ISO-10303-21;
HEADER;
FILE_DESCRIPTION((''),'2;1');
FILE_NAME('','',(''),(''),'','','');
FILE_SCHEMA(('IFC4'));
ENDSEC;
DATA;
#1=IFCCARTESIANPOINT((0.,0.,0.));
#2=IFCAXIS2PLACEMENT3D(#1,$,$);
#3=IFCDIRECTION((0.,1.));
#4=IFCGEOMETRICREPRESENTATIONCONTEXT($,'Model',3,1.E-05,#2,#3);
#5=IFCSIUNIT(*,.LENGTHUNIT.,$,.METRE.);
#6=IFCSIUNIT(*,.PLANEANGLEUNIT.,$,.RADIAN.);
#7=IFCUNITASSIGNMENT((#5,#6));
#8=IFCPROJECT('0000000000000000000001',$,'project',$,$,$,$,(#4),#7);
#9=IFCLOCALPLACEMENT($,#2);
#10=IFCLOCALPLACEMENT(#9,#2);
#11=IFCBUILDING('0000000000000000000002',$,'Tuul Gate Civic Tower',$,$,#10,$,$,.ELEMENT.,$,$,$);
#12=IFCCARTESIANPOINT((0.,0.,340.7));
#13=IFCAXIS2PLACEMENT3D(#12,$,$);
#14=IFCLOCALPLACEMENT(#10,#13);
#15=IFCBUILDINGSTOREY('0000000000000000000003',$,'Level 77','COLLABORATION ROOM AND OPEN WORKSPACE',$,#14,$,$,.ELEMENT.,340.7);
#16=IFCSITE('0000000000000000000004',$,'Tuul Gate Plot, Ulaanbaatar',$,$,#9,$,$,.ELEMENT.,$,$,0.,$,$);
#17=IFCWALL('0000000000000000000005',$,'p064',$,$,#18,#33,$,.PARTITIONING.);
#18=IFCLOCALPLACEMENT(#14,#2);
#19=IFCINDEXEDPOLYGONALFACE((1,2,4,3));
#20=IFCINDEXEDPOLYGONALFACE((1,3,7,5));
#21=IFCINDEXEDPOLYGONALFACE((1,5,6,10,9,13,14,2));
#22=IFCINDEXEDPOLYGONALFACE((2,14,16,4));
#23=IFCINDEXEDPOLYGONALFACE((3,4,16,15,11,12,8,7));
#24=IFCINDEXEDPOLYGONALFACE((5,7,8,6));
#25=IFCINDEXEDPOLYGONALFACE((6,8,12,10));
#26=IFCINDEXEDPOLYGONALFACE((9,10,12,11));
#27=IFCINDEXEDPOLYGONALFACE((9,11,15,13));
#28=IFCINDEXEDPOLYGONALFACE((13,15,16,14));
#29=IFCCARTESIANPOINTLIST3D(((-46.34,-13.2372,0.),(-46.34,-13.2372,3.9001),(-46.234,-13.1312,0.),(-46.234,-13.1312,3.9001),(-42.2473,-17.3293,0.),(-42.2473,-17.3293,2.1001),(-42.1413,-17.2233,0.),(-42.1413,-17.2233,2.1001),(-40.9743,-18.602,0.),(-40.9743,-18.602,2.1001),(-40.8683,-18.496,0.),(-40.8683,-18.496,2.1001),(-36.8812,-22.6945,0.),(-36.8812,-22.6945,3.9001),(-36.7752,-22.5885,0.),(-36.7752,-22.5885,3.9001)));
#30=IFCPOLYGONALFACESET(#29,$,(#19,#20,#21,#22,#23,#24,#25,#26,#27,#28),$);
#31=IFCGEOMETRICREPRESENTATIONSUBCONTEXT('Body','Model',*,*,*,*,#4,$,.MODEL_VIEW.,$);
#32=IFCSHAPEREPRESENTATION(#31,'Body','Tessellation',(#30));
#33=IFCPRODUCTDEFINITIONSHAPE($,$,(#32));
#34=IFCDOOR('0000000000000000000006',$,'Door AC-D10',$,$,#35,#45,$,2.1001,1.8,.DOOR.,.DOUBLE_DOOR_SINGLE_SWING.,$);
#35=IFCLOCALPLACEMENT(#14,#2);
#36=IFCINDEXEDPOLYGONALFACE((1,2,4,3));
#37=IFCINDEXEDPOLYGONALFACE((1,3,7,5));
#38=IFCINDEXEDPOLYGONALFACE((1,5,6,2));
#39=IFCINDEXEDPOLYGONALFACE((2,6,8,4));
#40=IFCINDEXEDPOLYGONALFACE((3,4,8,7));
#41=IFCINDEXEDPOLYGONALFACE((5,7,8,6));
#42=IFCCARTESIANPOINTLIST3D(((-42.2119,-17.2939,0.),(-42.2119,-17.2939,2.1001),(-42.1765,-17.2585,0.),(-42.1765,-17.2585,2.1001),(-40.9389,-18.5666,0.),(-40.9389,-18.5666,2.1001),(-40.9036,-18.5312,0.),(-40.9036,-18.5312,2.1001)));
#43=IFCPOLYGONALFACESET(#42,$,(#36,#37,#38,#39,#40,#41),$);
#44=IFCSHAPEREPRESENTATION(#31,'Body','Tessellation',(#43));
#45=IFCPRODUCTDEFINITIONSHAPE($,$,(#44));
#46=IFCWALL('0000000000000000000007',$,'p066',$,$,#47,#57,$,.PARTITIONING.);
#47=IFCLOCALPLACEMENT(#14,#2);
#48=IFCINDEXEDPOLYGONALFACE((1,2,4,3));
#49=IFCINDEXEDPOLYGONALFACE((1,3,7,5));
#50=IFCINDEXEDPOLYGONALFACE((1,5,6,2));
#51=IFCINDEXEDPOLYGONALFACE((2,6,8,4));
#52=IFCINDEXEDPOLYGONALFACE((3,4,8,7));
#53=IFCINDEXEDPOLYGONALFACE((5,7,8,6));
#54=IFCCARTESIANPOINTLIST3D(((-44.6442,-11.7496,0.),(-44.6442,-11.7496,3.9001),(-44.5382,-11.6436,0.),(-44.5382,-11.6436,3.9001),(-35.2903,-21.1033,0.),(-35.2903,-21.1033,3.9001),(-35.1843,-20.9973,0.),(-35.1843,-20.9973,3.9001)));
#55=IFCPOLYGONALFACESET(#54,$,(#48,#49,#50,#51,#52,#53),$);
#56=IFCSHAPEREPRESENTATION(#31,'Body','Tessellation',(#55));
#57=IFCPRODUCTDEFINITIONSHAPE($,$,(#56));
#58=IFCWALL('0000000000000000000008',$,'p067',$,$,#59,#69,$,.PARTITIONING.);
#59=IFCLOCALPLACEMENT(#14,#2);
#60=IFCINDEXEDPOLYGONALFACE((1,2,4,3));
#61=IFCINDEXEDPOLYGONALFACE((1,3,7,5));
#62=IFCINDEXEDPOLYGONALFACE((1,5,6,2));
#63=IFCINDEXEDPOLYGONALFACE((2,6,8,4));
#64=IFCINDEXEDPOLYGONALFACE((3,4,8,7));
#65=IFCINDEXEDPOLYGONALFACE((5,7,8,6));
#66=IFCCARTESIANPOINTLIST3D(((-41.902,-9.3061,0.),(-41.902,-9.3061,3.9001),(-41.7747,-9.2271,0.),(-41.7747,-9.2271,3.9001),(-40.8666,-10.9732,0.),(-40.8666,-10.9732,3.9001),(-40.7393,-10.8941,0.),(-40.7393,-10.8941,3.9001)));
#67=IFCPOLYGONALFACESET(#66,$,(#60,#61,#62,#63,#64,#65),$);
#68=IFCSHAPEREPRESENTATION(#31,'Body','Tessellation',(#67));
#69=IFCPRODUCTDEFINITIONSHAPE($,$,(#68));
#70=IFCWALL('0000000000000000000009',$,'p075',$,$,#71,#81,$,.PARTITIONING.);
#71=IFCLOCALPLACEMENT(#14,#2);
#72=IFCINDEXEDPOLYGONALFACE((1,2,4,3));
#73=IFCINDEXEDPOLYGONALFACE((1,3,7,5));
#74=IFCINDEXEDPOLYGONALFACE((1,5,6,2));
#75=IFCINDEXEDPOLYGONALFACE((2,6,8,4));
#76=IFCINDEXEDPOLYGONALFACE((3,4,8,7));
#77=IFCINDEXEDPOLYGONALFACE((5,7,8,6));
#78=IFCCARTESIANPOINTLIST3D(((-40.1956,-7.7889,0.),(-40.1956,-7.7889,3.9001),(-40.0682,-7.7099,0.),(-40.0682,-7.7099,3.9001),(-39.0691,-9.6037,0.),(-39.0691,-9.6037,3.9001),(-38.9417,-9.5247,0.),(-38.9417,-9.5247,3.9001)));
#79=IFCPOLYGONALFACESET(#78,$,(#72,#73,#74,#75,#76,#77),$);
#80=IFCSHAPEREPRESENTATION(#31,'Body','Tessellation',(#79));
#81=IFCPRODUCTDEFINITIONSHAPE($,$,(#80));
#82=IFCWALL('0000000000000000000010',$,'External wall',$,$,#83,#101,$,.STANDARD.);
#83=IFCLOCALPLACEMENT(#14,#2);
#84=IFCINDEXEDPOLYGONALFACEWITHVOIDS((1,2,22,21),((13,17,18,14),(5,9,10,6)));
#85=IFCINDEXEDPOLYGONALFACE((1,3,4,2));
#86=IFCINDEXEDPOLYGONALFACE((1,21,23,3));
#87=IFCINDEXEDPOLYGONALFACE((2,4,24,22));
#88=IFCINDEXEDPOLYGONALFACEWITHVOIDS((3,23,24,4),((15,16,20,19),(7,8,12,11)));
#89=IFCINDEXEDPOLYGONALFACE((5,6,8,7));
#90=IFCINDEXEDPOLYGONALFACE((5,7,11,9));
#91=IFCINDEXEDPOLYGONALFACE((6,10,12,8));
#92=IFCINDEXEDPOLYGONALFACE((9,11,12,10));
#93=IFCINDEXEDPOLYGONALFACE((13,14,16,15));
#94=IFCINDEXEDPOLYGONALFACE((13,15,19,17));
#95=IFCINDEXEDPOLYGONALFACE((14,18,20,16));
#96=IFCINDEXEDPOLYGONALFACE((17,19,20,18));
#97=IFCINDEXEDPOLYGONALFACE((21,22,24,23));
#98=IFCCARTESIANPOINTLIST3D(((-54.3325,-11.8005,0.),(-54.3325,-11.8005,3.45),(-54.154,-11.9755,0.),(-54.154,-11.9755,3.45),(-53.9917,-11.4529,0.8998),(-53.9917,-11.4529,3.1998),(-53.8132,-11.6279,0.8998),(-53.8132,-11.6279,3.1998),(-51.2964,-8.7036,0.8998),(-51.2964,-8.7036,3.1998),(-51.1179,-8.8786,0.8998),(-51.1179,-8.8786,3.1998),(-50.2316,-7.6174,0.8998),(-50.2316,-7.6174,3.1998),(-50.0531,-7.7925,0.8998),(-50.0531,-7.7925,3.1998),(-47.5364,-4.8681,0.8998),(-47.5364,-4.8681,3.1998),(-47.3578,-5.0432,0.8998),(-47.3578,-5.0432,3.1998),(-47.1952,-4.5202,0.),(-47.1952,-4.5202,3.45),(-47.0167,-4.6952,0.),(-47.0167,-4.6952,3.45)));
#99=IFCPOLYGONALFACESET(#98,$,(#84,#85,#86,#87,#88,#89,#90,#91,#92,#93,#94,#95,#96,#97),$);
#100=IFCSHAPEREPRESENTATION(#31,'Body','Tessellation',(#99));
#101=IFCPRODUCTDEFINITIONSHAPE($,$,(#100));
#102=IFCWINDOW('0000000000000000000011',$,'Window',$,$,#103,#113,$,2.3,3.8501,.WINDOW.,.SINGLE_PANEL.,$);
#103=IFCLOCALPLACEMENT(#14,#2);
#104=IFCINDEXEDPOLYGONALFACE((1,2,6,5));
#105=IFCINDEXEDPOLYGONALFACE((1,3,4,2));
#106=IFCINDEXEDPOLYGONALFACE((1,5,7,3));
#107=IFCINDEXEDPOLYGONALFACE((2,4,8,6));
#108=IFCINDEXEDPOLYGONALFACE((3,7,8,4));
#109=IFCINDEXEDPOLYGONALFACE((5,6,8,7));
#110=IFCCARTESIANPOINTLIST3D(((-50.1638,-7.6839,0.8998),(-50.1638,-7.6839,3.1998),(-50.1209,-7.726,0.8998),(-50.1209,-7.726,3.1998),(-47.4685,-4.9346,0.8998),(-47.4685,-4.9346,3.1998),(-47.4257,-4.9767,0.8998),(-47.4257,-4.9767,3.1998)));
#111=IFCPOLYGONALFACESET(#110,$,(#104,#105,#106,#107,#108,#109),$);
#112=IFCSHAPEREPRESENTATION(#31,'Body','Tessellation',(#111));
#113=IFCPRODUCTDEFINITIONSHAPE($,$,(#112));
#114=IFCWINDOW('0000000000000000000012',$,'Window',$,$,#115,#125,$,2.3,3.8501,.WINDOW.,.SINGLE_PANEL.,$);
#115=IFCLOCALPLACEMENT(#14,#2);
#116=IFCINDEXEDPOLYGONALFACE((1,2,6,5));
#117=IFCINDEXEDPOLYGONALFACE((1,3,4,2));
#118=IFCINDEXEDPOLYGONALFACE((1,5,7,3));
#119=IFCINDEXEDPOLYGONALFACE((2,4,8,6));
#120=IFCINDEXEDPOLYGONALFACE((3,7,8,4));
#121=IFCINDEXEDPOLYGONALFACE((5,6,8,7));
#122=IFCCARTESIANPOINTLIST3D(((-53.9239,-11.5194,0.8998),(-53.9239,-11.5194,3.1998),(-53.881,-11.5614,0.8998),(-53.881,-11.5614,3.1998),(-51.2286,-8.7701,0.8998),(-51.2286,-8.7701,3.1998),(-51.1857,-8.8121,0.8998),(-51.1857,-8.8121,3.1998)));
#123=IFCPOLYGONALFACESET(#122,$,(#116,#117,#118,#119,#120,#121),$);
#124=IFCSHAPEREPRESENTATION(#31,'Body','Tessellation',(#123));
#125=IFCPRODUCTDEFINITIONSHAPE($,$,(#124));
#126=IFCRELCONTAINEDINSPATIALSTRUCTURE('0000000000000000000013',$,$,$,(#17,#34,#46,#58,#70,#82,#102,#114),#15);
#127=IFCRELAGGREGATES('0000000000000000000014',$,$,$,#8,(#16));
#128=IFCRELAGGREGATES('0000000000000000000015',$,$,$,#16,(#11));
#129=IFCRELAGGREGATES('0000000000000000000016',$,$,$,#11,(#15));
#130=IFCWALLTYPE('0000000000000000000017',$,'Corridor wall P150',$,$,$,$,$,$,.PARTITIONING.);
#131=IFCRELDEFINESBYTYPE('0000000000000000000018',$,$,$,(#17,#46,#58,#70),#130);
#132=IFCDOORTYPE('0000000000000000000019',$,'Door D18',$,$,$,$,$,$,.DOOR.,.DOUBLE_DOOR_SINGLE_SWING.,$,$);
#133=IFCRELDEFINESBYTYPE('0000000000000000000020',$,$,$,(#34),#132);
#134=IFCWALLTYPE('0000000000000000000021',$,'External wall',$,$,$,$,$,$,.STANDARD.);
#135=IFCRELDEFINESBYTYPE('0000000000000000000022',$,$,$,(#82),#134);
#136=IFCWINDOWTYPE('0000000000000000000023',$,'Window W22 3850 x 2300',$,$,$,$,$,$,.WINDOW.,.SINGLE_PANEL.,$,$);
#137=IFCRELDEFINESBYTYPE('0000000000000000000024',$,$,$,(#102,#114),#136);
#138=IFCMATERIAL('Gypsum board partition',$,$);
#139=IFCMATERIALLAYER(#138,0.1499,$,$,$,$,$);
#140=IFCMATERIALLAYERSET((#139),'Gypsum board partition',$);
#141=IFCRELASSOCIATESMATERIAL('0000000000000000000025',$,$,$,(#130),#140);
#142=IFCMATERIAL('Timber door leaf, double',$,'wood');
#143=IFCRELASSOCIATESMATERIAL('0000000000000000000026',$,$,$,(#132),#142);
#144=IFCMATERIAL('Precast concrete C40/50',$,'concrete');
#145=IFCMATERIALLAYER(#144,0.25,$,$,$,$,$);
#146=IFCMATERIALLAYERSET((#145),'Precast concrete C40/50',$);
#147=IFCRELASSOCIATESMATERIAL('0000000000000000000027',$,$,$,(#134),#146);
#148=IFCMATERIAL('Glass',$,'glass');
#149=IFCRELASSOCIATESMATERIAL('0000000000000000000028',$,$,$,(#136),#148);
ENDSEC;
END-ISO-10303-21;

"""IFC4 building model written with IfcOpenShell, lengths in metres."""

from ifc_helpers import new_model, si_unit, direction, frame, frame_2d, origin, place, context, subcontext, project, spatial, rectangle, extrude, material, layer, layer_set, type_object, element, fill, save


model = new_model("IFC4")

# Units and contexts
model_context = context("Model", 3, precision=1e-05, world=origin(), true_north=direction((0.0, 1.0)))
body_context = subcontext(model_context, "Body", "Model", "MODEL_VIEW")
ifc_project = project(units=[si_unit("LENGTHUNIT", "METRE"), si_unit("PLANEANGLEUNIT", "RADIAN")], contexts=[model_context])

# Site, building, storey
site_placement = place(None, origin())
site = spatial("IfcSite", under=ifc_project, at=site_placement, Name="Tuul Gate Plot, Ulaanbaatar", CompositionType="ELEMENT", RefElevation=0.0)
building_placement = place(site_placement, origin())
building = spatial("IfcBuilding", under=site, at=building_placement, Name="Tuul Gate Civic Tower", CompositionType="ELEMENT")
storey_placement = place(building_placement, frame((0.0, 0.0, 340.7)))
storey = spatial("IfcBuildingStorey", under=building, at=storey_placement, Name="Level 77", Description="COLLABORATION ROOM AND OPEN WORKSPACE", CompositionType="ELEMENT", Elevation=340.7)

# Shared definitions
ifc_material_1 = material(Name="Gypsum board partition")
ifc_layer_1 = layer(ifc_material_1, 0.1499)
ifc_layer_set_1 = layer_set([ifc_layer_1], Name="Gypsum board partition")
wall_type_1 = type_object("IfcWallType", Name="Corridor wall P150", PredefinedType="PARTITIONING", material=ifc_layer_set_1)

# Wall, opening, door
wall_1_placement = place(storey_placement, frame((-46.2871, -13.1841, 0.0), z_axis=(0.0, 0.0, 1.0), x_axis=(0.707162, -0.707052, 0.0)))
wall_1 = element("IfcWall", 1, at=wall_1_placement, inside=storey, type_object=wall_type_1, Name="p064", PredefinedType="PARTITIONING", context=body_context, shape_type="SweptSolid", body=[
    extrude(rectangle(XDim=13.3757, YDim=0.1499, at=frame_2d((6.688, 0.0))), origin(), (0.0, 0.0, 1.0), 3.9001),
])
opening_1_placement = place(wall_1_placement, frame((5.7878, 0.0, 0.0)))
opening_1 = element("IfcOpeningElement", 2, at=opening_1_placement, cuts=wall_1, PredefinedType="OPENING", context=body_context, shape_type="SweptSolid", body=[
    extrude(rectangle(XDim=1.8, YDim=2.1001, at=frame_2d((0.8999, 1.05))), frame((0.0, 0.085, 0.0), z_axis=(0.0, -1.0, 0.0), x_axis=(1.0, 0.0, 0.0)), (0.0, 0.0, 1.0), 0.1699),
])
ifc_material_2 = material(Name="Timber door leaf, double", Category="wood")
door_type_1 = type_object("IfcDoorType", Name="Door D18", OperationType="DOUBLE_DOOR_SINGLE_SWING", PredefinedType="DOOR", material=ifc_material_2)
door_1_placement = place(opening_1_placement, frame((1.8, 0.0, 0.0), z_axis=(0.0, 0.0, 1.0), x_axis=(-1.0, 0.0, 0.0)))
door_1 = element("IfcDoor", 3, at=door_1_placement, inside=storey, type_object=door_type_1, Name="Door AC-D10", OperationType="DOUBLE_DOOR_SINGLE_SWING", OverallHeight=2.1001, OverallWidth=1.8, PredefinedType="DOOR", context=body_context, shape_type="SweptSolid", body=[
    extrude(rectangle(XDim=1.8, YDim=2.1001, at=frame_2d((0.9001, 1.05))), frame((0.0, 0.0249, 0.0), z_axis=(0.0, -1.0, 0.0), x_axis=(1.0, 0.0, 0.0)), (0.0, 0.0, 1.0), 0.05),
])
fill(opening_1, door_1)

# Walls
wall_2_placement = place(storey_placement, frame((-44.5913, -11.6965, 0.0), z_axis=(0.0, 0.0, 1.0), x_axis=(0.707116, -0.707098, 0.0)))
element("IfcWall", 4, at=wall_2_placement, inside=storey, type_object=wall_type_1, Name="p066", PredefinedType="PARTITIONING", context=body_context, shape_type="SweptSolid", body=[
    extrude(rectangle(XDim=13.2283, YDim=0.1499, at=frame_2d((6.6143, 0.0))), origin(), (0.0, 0.0, 1.0), 3.9001),
])
wall_3_placement = place(storey_placement, frame((-41.8384, -9.2666, 0.0), z_axis=(0.0, 0.0, 1.0), x_axis=(0.527626, -0.849477, 0.0)))
element("IfcWall", 5, at=wall_3_placement, inside=storey, type_object=wall_type_1, Name="p067", PredefinedType="PARTITIONING", context=body_context, shape_type="SweptSolid", body=[
    extrude(rectangle(XDim=1.9624, YDim=0.1499, at=frame_2d((0.9812, 0.0))), origin(), (0.0, 0.0, 1.0), 3.9001),
])
wall_4_placement = place(storey_placement, frame((-40.1318, -7.7495, 0.0), z_axis=(0.0, 0.0, 1.0), x_axis=(0.527397, -0.849619, 0.0)))
element("IfcWall", 6, at=wall_4_placement, inside=storey, type_object=wall_type_1, Name="p075", PredefinedType="PARTITIONING", context=body_context, shape_type="SweptSolid", body=[
    extrude(rectangle(XDim=2.136, YDim=0.1499, at=frame_2d((1.0679, 0.0))), origin(), (0.0, 0.0, 1.0), 3.9001),
])

# Wall, openings, windows
ifc_material_3 = material(Name="Precast concrete C40/50", Category="concrete")
ifc_layer_2 = layer(ifc_material_3, 0.25)
ifc_layer_set_2 = layer_set([ifc_layer_2], Name="Precast concrete C40/50")
wall_type_2 = type_object("IfcWallType", Name="External wall", PredefinedType="STANDARD", material=ifc_layer_set_2)
wall_5_placement = place(storey_placement, frame((-47.106, -4.6077, 0.0), z_axis=(0.0, 0.0, 1.0), x_axis=(-0.700056, -0.714088, 0.0)))
wall_5 = element("IfcWall", 7, at=wall_5_placement, inside=storey, type_object=wall_type_2, Name="External wall", PredefinedType="STANDARD", context=body_context, shape_type="SweptSolid", body=[
    extrude(rectangle(XDim=10.1953, YDim=0.25, at=frame_2d((5.0977, 0.0))), origin(), (0.0, 0.0, 1.0), 3.45),
])
opening_2_placement = place(wall_5_placement, frame((0.4873, 0.0, 0.8999)))
opening_2 = element("IfcOpeningElement", 8, at=opening_2_placement, cuts=wall_5, PredefinedType="OPENING", context=body_context, shape_type="SweptSolid", body=[
    extrude(rectangle(XDim=3.8501, YDim=2.3, at=frame_2d((1.925, 1.1499))), frame((0.0, 0.135, 0.0), z_axis=(0.0, -1.0, 0.0), x_axis=(1.0, 0.0, 0.0)), (0.0, 0.0, 1.0), 0.27),
])
opening_3_placement = place(wall_5_placement, frame((5.8584, 0.0, 0.8999)))
opening_3 = element("IfcOpeningElement", 9, at=opening_3_placement, cuts=wall_5, PredefinedType="OPENING", context=body_context, shape_type="SweptSolid", body=[
    extrude(rectangle(XDim=3.8501, YDim=2.3, at=frame_2d((1.925, 1.1499))), frame((0.0, 0.135, 0.0), z_axis=(0.0, -1.0, 0.0), x_axis=(1.0, 0.0, 0.0)), (0.0, 0.0, 1.0), 0.27),
])
ifc_material_4 = material(Name="Glass", Category="glass")
window_type_1 = type_object("IfcWindowType", Name="Window W22 3850 x 2300", PartitioningType="SINGLE_PANEL", PredefinedType="WINDOW", material=ifc_material_4)
window_1_placement = place(opening_2_placement, origin())
window_1 = element("IfcWindow", 10, at=window_1_placement, inside=storey, type_object=window_type_1, Name="Window", OverallHeight=2.3, OverallWidth=3.8501, PartitioningType="SINGLE_PANEL", PredefinedType="WINDOW", context=body_context, shape_type="SweptSolid", body=[
    extrude(rectangle(XDim=3.8501, YDim=2.3, at=frame_2d((1.925, 1.1499))), frame((0.0, 0.03, 0.0), z_axis=(0.0, -1.0, 0.0), x_axis=(1.0, 0.0, 0.0)), (0.0, 0.0, 1.0), 0.0601),
])
fill(opening_2, window_1)
window_2_placement = place(opening_3_placement, origin())
window_2 = element("IfcWindow", 11, at=window_2_placement, inside=storey, type_object=window_type_1, Name="Window", OverallHeight=2.3, OverallWidth=3.8501, PartitioningType="SINGLE_PANEL", PredefinedType="WINDOW", context=body_context, shape_type="SweptSolid", body=[
    extrude(rectangle(XDim=3.8501, YDim=2.3, at=frame_2d((1.925, 1.1499))), frame((0.0, 0.03, 0.0), z_axis=(0.0, -1.0, 0.0), x_axis=(1.0, 0.0, 0.0)), (0.0, 0.0, 1.0), 0.0601),
])
fill(opening_3, window_2)

save(model, "model.ifc")
